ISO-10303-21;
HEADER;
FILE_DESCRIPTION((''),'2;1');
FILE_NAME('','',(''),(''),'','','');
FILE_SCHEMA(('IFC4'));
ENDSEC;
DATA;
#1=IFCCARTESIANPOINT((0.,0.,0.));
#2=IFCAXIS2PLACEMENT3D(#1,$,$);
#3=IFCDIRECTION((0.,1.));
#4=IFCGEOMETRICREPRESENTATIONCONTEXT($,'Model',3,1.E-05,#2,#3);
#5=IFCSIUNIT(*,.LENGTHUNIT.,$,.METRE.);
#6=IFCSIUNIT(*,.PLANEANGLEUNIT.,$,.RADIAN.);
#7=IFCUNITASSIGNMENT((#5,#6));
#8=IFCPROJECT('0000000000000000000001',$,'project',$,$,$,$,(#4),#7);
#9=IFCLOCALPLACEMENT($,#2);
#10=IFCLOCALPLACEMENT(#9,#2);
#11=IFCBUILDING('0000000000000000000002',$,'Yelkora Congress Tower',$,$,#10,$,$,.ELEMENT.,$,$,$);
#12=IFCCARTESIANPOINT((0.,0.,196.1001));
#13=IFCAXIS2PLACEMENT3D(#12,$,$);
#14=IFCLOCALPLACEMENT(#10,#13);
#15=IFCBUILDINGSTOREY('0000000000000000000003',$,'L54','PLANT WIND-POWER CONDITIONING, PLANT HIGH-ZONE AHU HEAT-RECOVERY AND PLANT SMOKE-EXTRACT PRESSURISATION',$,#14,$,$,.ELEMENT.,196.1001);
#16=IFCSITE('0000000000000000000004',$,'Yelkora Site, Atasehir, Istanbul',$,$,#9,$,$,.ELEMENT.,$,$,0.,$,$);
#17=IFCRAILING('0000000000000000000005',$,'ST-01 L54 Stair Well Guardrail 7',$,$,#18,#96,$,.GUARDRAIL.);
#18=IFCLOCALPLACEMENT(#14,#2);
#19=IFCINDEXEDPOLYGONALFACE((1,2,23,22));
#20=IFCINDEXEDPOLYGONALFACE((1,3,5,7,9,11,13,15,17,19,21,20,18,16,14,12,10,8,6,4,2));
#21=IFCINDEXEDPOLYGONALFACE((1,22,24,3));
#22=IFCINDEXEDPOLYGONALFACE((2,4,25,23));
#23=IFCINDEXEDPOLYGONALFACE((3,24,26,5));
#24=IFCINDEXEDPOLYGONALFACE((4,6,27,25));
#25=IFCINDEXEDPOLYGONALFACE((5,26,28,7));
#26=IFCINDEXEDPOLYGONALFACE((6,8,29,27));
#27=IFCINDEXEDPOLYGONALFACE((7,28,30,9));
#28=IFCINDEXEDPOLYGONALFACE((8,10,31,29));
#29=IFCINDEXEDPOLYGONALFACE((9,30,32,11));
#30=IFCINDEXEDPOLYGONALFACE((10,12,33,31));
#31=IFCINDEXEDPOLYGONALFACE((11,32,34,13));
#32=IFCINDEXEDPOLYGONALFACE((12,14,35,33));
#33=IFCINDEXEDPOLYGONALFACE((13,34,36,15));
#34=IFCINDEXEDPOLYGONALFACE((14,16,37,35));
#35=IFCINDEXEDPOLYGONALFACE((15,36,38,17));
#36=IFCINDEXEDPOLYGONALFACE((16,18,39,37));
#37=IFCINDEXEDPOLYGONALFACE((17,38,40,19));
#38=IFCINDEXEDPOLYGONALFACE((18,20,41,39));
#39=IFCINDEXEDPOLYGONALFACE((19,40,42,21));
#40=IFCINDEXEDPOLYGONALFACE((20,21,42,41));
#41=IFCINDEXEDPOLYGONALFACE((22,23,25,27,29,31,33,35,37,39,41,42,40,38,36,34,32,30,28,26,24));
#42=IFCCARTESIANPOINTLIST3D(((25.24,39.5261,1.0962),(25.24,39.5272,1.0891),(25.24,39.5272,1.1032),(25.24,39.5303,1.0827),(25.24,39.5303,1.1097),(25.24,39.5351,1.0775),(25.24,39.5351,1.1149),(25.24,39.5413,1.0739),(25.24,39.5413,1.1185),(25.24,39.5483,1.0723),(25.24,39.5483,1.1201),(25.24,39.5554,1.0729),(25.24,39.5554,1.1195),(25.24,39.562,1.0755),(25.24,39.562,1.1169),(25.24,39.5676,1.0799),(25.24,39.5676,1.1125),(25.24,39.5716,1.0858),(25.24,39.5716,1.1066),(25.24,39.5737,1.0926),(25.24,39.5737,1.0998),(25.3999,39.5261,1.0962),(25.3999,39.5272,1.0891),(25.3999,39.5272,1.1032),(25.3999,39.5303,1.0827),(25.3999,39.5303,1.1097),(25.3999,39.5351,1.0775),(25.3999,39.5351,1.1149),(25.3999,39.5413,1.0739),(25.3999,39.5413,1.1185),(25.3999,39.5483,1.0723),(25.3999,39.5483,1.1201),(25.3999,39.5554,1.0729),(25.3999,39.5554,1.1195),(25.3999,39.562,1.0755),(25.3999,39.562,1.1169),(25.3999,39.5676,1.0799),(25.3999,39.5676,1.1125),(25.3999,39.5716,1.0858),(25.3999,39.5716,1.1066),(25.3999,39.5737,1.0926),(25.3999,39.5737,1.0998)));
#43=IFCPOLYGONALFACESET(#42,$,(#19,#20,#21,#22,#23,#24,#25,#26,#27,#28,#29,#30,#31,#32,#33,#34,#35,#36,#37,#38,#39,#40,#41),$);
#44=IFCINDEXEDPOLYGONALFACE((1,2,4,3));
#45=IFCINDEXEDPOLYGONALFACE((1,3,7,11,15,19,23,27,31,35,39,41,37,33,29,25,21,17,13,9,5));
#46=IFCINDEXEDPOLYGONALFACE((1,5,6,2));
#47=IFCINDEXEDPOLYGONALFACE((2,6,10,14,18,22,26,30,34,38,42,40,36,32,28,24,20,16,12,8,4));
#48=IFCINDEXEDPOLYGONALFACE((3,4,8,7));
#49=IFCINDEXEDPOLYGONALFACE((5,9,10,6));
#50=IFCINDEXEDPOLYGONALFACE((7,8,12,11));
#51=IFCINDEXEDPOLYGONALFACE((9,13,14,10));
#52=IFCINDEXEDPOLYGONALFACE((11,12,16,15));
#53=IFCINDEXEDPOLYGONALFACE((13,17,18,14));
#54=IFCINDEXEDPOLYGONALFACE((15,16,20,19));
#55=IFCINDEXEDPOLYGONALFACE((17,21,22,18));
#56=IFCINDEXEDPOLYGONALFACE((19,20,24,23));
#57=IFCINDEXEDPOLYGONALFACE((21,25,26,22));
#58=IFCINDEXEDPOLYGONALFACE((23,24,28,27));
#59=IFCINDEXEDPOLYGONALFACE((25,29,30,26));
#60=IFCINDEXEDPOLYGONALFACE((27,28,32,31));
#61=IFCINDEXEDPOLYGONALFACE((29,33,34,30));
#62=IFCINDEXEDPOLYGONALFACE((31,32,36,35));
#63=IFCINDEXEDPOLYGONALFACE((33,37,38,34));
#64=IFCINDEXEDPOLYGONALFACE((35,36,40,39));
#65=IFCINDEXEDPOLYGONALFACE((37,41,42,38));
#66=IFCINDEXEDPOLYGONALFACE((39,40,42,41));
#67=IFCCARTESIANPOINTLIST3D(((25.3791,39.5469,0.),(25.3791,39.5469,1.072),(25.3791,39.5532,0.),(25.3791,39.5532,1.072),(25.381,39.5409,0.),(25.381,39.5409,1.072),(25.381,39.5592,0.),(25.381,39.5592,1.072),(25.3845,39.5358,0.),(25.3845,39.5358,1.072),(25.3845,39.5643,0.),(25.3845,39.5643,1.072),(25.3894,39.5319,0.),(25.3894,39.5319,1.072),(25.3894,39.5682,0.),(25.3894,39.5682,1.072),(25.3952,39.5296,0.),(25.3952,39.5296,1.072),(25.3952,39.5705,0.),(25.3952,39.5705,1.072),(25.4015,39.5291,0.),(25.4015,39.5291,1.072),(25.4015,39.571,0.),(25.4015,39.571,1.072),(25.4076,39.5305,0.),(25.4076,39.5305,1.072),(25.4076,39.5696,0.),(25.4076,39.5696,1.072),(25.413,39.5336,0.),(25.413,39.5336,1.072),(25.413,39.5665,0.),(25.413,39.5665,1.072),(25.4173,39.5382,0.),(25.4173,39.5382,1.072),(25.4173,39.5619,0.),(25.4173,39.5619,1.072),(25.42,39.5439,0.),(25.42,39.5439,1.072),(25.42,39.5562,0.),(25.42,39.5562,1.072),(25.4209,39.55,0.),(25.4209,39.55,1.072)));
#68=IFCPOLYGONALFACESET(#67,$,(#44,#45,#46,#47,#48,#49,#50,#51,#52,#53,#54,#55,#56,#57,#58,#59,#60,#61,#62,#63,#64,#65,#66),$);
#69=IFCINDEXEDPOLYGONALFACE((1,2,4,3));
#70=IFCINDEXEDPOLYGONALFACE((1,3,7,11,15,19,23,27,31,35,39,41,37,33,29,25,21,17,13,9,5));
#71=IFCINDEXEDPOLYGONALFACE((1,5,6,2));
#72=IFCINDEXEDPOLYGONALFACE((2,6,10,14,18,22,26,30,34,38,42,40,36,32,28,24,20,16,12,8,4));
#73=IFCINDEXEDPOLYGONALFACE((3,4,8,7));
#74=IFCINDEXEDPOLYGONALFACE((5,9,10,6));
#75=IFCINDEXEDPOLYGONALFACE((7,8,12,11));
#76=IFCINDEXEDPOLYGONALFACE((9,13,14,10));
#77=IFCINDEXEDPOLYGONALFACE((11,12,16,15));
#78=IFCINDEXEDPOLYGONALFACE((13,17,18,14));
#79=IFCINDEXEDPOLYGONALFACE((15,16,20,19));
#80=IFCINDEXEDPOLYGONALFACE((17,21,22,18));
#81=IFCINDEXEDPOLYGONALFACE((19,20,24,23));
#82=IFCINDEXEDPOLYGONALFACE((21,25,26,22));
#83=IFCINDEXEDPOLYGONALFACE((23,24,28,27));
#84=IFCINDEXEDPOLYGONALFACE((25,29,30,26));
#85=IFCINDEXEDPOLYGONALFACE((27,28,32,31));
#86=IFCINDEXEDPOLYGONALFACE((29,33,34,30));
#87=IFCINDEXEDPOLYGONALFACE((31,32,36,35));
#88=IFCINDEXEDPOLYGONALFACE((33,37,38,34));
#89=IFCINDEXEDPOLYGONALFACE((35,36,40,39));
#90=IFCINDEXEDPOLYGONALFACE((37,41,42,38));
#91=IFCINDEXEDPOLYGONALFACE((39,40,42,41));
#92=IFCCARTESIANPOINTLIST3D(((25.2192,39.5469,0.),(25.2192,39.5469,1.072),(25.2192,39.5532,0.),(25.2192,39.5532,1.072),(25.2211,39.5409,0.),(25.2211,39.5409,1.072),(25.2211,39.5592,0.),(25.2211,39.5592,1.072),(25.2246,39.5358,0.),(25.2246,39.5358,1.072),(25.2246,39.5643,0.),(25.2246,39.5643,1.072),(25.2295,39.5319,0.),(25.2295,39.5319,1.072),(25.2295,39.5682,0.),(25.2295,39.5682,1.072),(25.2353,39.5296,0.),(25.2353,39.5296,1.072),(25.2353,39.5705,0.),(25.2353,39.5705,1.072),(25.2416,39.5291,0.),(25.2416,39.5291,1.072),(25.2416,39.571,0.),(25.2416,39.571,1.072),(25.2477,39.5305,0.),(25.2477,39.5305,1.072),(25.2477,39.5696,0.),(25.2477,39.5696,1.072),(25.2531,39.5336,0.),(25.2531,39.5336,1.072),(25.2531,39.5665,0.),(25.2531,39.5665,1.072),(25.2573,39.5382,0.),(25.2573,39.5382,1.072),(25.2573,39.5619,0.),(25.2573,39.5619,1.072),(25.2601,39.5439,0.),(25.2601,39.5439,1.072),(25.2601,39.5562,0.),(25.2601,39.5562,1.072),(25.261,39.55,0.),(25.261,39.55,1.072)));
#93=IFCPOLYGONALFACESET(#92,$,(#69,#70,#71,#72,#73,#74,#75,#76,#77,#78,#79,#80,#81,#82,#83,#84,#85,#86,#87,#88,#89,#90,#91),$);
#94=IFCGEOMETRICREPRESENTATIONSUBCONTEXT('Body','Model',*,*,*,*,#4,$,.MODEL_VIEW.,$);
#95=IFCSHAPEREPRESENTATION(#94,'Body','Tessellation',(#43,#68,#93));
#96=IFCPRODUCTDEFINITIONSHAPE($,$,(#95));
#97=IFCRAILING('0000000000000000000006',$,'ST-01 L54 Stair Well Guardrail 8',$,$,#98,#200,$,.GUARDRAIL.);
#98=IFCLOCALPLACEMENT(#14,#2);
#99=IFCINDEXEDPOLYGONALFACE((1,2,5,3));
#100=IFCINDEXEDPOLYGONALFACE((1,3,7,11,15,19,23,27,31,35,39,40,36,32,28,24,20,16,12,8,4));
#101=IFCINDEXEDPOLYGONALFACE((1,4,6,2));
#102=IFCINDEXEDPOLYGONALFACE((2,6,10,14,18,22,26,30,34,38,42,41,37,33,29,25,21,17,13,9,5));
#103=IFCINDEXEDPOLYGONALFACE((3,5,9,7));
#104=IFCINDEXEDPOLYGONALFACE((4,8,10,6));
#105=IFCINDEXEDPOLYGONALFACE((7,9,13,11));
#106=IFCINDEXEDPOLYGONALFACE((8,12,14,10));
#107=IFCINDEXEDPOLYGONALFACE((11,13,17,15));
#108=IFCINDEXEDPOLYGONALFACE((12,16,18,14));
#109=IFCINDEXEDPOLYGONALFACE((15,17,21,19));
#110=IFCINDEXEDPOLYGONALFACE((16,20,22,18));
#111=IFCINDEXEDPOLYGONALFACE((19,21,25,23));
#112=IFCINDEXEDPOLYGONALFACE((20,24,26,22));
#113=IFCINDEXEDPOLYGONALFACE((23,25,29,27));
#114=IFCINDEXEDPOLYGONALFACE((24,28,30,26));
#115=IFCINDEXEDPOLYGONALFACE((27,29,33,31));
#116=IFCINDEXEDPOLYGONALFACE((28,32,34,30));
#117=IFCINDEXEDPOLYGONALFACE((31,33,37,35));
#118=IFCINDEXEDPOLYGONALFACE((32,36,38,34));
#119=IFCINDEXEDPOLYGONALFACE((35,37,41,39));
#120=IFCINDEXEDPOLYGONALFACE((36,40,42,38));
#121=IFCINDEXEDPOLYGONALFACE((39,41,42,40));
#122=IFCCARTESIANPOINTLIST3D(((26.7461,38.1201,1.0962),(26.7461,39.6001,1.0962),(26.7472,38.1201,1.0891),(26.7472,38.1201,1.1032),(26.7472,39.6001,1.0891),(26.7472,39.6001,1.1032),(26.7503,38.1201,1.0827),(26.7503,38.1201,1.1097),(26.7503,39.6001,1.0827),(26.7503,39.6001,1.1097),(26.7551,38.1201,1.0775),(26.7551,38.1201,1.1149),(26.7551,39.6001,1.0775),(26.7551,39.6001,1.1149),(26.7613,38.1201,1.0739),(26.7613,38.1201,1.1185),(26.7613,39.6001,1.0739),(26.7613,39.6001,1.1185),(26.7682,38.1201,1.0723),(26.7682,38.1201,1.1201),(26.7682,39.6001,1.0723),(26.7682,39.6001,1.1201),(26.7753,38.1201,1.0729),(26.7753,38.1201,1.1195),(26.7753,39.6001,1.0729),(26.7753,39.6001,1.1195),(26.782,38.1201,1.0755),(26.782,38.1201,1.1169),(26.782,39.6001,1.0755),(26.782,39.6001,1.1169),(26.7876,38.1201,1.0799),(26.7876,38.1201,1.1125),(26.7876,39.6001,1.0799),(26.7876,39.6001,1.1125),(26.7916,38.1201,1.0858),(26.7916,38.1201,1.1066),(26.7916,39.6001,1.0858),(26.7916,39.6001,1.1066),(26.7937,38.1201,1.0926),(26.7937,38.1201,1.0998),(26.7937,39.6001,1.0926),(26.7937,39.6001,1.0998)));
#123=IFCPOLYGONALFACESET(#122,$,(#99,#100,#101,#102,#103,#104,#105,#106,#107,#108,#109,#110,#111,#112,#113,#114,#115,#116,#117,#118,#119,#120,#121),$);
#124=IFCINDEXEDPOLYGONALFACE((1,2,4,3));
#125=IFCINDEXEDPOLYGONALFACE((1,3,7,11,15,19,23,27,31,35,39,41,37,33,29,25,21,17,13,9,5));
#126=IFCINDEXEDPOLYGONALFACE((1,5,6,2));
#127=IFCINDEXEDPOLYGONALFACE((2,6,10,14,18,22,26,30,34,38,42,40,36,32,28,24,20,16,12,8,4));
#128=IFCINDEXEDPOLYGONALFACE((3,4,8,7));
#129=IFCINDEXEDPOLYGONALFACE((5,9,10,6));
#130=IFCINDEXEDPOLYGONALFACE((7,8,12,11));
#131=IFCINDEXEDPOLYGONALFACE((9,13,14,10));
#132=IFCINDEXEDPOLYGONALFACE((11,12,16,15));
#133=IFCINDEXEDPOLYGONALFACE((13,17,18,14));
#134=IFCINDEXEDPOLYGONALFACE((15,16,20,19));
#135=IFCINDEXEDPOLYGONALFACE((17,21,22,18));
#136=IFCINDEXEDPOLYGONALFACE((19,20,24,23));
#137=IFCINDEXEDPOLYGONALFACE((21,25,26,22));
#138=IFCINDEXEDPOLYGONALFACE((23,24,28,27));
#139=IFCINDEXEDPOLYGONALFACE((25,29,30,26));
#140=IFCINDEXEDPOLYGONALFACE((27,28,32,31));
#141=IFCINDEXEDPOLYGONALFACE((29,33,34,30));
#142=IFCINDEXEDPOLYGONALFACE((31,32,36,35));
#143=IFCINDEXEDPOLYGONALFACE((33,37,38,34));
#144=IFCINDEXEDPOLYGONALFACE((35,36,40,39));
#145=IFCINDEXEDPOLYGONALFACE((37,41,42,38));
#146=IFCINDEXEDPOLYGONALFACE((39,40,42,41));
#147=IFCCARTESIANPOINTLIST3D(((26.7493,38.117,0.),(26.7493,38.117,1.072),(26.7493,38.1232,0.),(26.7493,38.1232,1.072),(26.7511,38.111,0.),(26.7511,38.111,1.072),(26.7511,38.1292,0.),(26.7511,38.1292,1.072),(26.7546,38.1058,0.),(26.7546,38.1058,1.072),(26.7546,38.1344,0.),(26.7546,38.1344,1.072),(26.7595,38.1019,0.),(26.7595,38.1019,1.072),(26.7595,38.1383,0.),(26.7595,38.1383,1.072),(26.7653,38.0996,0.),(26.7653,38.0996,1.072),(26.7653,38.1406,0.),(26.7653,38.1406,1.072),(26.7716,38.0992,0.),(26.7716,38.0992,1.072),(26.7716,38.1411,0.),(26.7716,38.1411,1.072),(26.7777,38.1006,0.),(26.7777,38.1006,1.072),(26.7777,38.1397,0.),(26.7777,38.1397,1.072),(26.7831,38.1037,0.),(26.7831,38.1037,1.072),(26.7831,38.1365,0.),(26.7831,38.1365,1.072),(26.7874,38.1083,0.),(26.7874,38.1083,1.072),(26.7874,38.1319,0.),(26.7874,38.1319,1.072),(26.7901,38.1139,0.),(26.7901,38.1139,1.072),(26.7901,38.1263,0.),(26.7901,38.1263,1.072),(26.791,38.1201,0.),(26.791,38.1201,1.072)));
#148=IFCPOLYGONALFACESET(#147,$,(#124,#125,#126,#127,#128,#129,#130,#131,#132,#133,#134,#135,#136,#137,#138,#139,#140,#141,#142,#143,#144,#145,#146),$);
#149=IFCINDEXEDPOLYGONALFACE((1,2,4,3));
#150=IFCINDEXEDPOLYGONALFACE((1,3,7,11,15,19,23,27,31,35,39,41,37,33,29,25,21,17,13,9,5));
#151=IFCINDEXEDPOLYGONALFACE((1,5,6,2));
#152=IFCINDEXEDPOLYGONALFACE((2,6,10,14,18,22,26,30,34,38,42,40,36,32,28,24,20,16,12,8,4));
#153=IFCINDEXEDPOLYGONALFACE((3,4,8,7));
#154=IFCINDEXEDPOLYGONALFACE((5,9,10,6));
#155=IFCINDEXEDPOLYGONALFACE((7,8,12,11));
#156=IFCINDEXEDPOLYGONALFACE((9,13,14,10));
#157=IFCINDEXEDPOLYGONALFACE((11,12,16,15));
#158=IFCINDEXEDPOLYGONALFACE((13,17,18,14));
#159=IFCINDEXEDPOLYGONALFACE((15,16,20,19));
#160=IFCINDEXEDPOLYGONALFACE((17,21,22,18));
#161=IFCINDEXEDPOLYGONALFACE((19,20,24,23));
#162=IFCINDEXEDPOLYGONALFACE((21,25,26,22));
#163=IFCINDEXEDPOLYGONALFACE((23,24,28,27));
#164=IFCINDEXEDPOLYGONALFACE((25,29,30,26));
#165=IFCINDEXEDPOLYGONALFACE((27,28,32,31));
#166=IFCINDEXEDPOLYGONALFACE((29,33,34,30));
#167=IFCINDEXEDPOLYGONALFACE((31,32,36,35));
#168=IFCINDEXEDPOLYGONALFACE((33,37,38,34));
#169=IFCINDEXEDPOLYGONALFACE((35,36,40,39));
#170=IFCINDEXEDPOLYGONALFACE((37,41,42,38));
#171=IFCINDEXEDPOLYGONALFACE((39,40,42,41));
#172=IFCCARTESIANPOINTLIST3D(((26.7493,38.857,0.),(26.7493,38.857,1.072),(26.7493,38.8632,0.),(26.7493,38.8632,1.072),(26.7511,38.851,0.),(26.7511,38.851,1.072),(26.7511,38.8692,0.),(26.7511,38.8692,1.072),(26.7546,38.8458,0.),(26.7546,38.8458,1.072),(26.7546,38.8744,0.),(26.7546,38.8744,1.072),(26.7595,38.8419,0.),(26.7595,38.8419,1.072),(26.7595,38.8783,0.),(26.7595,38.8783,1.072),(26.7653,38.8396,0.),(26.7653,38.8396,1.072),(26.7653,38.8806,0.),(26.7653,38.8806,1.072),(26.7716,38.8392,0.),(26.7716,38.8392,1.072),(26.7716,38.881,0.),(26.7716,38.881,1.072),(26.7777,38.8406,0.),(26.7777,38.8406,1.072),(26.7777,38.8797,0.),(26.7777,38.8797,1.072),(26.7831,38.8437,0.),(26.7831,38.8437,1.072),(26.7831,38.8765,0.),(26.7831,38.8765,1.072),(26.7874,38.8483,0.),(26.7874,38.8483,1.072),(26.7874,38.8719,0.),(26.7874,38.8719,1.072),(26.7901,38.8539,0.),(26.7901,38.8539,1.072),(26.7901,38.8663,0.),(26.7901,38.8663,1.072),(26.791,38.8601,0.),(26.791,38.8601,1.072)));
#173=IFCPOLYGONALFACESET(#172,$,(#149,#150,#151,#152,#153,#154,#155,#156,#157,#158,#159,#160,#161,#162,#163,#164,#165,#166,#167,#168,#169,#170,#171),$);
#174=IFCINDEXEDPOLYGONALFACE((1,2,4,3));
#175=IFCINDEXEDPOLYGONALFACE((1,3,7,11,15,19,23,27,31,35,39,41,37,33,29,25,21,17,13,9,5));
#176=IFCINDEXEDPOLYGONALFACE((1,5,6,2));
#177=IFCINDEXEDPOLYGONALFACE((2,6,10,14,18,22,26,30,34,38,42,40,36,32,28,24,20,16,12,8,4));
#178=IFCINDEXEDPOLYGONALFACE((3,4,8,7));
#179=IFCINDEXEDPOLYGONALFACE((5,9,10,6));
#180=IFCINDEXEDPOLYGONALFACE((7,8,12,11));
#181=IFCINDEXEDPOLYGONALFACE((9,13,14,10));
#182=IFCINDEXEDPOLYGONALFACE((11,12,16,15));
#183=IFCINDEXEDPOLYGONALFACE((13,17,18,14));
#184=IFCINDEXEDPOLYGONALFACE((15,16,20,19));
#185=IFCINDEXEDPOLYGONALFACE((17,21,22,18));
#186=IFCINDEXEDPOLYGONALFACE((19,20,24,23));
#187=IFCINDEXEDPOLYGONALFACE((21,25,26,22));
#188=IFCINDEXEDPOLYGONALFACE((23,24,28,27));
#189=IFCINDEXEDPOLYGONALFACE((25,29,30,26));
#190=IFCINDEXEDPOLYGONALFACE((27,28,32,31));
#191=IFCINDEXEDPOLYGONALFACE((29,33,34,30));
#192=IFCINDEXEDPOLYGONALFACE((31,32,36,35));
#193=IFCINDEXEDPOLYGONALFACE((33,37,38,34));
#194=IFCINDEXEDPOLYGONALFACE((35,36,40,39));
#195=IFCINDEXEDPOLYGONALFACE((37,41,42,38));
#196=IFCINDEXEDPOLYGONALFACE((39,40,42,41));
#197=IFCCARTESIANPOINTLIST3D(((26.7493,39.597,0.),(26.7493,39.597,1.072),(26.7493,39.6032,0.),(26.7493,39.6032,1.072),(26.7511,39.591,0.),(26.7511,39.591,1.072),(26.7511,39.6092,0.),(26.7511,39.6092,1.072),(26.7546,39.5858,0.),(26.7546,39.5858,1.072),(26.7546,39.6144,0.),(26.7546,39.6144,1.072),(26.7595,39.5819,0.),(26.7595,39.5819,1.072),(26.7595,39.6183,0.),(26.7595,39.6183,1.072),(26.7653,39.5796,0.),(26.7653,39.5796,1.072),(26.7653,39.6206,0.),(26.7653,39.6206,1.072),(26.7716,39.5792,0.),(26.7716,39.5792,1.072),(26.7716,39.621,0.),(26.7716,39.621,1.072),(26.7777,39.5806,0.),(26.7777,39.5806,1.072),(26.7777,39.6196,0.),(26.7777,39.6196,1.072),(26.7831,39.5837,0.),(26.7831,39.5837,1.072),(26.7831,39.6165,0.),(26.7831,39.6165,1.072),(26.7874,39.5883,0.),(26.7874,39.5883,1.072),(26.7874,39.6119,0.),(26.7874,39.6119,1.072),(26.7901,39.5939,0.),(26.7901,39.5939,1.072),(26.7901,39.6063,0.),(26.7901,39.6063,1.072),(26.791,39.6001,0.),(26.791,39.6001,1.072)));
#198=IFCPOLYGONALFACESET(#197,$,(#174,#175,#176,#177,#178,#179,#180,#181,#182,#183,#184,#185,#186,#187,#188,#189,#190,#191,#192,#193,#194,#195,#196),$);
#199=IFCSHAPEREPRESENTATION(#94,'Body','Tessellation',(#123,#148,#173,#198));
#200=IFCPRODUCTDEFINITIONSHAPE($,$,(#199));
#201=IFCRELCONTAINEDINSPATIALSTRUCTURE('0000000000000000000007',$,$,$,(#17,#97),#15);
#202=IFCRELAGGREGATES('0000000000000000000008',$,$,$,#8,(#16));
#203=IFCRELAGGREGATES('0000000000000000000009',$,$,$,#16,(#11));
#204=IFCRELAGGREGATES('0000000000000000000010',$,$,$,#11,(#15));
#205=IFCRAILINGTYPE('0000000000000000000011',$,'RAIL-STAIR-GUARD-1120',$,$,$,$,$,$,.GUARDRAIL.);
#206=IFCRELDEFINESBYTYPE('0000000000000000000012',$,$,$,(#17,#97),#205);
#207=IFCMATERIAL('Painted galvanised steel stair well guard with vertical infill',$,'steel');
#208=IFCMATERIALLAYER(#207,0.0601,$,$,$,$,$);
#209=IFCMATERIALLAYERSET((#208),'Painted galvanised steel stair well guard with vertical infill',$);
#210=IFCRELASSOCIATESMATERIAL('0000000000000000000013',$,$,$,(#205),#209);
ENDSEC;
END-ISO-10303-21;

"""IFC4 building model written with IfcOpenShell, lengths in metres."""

from ifc_helpers import new_model, si_unit, direction, frame, origin, origin_2d, place, context, subcontext, project, spatial, circle, extrude, material, layer, layer_set, type_object, element, save


model = new_model("IFC4")

# Units and contexts
model_context = context("Model", 3, precision=1e-05, world=origin(), true_north=direction((0.0, 1.0)))
body_context = subcontext(model_context, "Body", "Model", "MODEL_VIEW")
ifc_project = project(units=[si_unit("LENGTHUNIT", "METRE"), si_unit("PLANEANGLEUNIT", "RADIAN")], contexts=[model_context])

# Site, building, storey
site_placement = place(None, origin())
site = spatial("IfcSite", under=ifc_project, at=site_placement, Name="Yelkora Site, Atasehir, Istanbul", CompositionType="ELEMENT", RefElevation=0.0)
building_placement = place(site_placement, origin())
building = spatial("IfcBuilding", under=site, at=building_placement, Name="Yelkora Congress Tower", CompositionType="ELEMENT")
storey_placement = place(building_placement, frame((0.0, 0.0, 196.1001)))
storey = spatial("IfcBuildingStorey", under=building, at=storey_placement, Name="L54", Description="PLANT WIND-POWER CONDITIONING, PLANT HIGH-ZONE AHU HEAT-RECOVERY AND PLANT SMOKE-EXTRACT PRESSURISATION", CompositionType="ELEMENT", Elevation=196.1001)

# Railings
ifc_material_1 = material(Name="Painted galvanised steel stair well guard with vertical infill", Category="steel")
ifc_layer_1 = layer(ifc_material_1, 0.0601)
ifc_layer_set_1 = layer_set([ifc_layer_1], Name="Painted galvanised steel stair well guard with vertical infill")
railing_type_1 = type_object("IfcRailingType", Name="RAIL-STAIR-GUARD-1120", PredefinedType="GUARDRAIL", material=ifc_layer_set_1)
railing_1_placement = place(storey_placement, frame((25.3999, 39.55, 0.0)))
element("IfcRailing", 1, at=railing_1_placement, inside=storey, type_object=railing_type_1, Name="ST-01 L54 Stair Well Guardrail 7", PredefinedType="GUARDRAIL", context=body_context, shape_type="SweptSolid", body=[
    extrude(circle(Radius=0.0239, at=origin_2d()), frame((0.0, 0.0, 1.0962), z_axis=(-1.0, 0.0, 0.0), x_axis=(0.0, -1.0, 0.0)), (0.0, 0.0, 1.0), 0.1599),
    extrude(circle(Radius=0.021, at=origin_2d()), origin(), (0.0, 0.0, 1.0), 1.072),
    extrude(circle(Radius=0.021, at=origin_2d()), frame((-0.1599, 0.0, 0.0)), (0.0, 0.0, 1.0), 1.072),
])
for number, where, name in (
    (2, (26.77, 38.1201, 0.0), "ST-01 L54 Stair Well Guardrail 8"),
):
    element("IfcRailing", number, at=place(storey_placement, frame(where)), inside=storey, type_object=railing_type_1, Name=name, PredefinedType="GUARDRAIL", context=body_context, shape_type="SweptSolid", body=[
        extrude(circle(Radius=0.0239, at=origin_2d()), frame((0.0, 0.0, 1.0962), z_axis=(0.0, 1.0, 0.0), x_axis=(-1.0, 0.0, 0.0)), (0.0, 0.0, 1.0), 1.48),
        extrude(circle(Radius=0.021, at=origin_2d()), origin(), (0.0, 0.0, 1.0), 1.072),
        extrude(circle(Radius=0.021, at=origin_2d()), frame((0.0, 0.74, 0.0)), (0.0, 0.0, 1.0), 1.072),
        extrude(circle(Radius=0.021, at=origin_2d()), frame((0.0, 1.48, 0.0)), (0.0, 0.0, 1.0), 1.072),
    ])

save(model, "model.ifc")
